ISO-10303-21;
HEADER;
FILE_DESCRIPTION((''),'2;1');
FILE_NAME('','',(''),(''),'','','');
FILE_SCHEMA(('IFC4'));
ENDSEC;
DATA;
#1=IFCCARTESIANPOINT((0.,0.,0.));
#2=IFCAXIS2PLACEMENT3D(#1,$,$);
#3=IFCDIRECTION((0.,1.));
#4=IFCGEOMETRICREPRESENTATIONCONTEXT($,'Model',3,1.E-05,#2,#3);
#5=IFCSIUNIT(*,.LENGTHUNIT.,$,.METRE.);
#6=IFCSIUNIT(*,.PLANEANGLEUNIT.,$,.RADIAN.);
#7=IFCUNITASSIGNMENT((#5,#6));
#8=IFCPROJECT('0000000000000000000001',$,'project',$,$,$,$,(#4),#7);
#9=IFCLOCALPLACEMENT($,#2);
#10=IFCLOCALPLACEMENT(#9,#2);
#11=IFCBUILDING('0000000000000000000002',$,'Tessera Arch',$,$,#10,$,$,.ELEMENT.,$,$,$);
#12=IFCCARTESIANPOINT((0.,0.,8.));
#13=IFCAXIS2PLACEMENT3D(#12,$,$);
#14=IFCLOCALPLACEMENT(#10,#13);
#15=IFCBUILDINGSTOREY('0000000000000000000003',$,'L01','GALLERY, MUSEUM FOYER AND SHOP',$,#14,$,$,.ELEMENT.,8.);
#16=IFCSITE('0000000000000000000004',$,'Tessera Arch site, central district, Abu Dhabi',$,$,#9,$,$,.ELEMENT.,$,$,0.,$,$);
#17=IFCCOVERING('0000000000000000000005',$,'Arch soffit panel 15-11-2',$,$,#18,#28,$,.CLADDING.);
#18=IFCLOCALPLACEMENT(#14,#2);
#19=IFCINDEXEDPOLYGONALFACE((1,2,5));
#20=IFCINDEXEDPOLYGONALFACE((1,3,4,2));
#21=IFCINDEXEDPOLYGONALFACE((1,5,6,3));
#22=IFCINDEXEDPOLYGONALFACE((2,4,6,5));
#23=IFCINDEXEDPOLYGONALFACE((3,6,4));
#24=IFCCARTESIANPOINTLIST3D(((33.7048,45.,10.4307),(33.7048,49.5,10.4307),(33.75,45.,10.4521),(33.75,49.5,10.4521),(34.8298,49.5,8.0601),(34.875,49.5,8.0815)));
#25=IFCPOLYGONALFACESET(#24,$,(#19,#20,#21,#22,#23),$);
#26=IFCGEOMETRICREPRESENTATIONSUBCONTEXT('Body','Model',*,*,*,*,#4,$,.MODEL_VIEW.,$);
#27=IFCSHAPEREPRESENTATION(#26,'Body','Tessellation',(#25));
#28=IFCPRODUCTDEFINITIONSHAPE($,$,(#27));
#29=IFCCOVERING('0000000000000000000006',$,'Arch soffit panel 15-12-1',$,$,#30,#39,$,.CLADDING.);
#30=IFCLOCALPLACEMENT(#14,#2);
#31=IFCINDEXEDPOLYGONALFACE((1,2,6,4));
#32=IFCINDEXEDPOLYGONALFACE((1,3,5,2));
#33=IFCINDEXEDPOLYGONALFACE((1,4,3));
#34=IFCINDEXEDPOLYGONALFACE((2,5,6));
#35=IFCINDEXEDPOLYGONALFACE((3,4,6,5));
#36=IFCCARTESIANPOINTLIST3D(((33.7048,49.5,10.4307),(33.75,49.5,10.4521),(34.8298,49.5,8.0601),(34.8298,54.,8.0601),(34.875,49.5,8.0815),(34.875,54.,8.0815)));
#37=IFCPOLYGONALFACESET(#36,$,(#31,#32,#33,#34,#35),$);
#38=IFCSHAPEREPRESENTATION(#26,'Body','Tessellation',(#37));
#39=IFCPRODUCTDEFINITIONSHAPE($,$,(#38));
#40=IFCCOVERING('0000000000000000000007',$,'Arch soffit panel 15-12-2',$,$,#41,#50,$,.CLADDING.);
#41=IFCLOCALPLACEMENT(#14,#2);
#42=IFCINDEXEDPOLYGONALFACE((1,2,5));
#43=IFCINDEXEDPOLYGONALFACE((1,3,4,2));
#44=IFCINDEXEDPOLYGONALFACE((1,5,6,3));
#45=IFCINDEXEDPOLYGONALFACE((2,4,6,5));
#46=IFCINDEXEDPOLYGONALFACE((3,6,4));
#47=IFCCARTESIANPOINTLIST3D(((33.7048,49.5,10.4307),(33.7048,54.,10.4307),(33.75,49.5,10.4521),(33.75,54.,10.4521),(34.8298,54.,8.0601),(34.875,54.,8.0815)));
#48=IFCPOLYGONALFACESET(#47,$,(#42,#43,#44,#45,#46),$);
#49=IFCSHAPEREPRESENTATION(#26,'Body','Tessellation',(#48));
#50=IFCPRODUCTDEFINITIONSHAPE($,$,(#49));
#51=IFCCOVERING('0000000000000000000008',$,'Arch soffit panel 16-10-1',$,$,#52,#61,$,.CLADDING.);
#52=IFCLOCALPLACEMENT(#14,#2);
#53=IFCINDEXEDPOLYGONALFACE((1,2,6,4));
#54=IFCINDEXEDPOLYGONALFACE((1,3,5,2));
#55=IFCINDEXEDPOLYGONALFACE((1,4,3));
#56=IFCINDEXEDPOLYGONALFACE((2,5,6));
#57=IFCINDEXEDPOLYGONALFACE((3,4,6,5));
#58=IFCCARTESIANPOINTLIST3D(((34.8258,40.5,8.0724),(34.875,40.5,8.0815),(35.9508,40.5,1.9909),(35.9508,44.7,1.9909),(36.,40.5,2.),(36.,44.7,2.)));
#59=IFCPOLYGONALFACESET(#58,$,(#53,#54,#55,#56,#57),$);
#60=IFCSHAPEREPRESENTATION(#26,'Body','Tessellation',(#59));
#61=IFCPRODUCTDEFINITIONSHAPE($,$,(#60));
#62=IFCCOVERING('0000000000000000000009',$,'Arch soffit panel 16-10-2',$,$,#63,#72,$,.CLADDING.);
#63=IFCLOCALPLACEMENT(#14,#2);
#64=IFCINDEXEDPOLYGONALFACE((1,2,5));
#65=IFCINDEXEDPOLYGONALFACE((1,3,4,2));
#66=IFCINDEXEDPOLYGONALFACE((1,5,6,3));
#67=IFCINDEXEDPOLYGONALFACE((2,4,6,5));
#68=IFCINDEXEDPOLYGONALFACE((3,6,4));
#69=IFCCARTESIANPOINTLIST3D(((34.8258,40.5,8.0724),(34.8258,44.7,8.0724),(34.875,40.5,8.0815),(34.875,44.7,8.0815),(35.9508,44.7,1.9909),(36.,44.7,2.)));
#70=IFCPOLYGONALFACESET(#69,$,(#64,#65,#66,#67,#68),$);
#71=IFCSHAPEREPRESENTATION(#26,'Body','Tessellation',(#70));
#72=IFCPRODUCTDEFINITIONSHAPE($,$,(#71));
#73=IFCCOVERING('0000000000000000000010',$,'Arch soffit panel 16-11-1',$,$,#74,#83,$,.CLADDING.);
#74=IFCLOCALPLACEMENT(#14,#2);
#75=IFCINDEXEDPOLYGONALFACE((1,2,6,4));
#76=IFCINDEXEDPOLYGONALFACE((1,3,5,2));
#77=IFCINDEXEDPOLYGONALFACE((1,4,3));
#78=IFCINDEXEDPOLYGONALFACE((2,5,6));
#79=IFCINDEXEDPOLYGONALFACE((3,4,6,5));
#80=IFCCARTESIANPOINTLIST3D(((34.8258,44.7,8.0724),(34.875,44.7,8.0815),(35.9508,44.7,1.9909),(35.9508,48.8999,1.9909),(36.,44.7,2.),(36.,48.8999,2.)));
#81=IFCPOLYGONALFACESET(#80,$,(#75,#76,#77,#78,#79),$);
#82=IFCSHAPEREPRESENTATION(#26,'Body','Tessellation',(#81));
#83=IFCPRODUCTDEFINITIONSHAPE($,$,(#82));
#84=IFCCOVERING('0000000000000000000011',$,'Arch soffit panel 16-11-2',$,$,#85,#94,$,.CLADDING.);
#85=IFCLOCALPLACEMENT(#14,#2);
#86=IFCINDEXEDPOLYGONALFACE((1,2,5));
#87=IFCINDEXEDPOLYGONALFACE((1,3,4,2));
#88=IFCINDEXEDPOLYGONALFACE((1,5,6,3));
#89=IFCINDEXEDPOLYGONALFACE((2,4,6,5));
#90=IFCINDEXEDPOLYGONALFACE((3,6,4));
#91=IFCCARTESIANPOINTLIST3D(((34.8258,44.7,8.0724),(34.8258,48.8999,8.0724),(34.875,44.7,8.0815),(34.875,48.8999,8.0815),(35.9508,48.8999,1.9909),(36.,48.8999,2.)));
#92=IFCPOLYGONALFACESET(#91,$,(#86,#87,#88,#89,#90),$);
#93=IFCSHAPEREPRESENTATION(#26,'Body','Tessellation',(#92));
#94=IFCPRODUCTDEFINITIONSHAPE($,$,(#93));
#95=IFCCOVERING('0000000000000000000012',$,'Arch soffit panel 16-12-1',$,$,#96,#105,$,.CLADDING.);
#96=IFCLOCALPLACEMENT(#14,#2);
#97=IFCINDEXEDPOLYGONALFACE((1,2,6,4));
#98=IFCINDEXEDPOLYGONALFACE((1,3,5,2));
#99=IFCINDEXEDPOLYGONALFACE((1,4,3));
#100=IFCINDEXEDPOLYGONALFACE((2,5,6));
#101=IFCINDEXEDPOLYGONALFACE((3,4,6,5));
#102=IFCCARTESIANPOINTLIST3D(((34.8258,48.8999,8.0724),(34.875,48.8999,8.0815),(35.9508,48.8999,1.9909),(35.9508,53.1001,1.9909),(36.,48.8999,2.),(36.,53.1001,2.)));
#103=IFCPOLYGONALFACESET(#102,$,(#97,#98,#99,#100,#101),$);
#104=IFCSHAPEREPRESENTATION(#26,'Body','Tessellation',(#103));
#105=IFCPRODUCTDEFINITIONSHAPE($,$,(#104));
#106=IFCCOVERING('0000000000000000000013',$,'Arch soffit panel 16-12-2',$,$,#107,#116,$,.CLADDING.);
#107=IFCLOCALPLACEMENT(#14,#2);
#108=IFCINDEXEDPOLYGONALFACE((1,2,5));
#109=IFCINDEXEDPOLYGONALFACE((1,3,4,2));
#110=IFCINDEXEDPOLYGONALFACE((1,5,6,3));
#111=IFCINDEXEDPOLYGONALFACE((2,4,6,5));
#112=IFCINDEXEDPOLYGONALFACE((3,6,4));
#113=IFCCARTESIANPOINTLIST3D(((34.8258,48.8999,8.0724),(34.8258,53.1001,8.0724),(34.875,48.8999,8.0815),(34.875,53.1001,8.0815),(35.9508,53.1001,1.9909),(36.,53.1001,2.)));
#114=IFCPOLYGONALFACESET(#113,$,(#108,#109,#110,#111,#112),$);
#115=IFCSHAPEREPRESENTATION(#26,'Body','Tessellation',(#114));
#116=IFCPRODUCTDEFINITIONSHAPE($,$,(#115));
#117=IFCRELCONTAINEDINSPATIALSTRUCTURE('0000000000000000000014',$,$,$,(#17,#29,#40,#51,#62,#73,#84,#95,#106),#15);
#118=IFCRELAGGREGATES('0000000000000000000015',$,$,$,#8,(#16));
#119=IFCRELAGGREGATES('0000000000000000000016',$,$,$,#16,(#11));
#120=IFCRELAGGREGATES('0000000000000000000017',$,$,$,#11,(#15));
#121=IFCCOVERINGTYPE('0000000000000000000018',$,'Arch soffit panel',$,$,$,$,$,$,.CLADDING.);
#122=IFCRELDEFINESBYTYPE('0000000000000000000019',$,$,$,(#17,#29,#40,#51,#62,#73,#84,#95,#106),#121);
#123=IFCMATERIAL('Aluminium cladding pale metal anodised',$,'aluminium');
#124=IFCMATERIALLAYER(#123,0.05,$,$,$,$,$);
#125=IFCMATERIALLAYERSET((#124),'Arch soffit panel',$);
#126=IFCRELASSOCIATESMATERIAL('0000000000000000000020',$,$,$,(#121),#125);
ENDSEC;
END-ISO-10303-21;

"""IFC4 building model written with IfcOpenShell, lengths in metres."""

from ifc_helpers import new_model, si_unit, direction, frame, origin, place, context, subcontext, project, spatial, polyline, outline, extrude, material, layer, layer_set, type_object, element, save


model = new_model("IFC4")

# Units and contexts
model_context = context("Model", 3, precision=1e-05, world=origin(), true_north=direction((0.0, 1.0)))
body_context = subcontext(model_context, "Body", "Model", "MODEL_VIEW")
ifc_project = project(units=[si_unit("LENGTHUNIT", "METRE"), si_unit("PLANEANGLEUNIT", "RADIAN")], contexts=[model_context])

# Site, building, storey
site_placement = place(None, origin())
site = spatial("IfcSite", under=ifc_project, at=site_placement, Name="Tessera Arch site, central district, Abu Dhabi", CompositionType="ELEMENT", RefElevation=0.0)
building_placement = place(site_placement, origin())
building = spatial("IfcBuilding", under=site, at=building_placement, Name="Tessera Arch", CompositionType="ELEMENT")
storey_placement = place(building_placement, frame((0.0, 0.0, 8.0)))
storey = spatial("IfcBuildingStorey", under=building, at=storey_placement, Name="L01", Description="GALLERY, MUSEUM FOYER AND SHOP", CompositionType="ELEMENT", Elevation=8.0)

# Coverings
ifc_material_1 = material(Name="Aluminium cladding pale metal anodised", Category="aluminium")
ifc_layer_1 = layer(ifc_material_1, 0.05)
ifc_layer_set_1 = layer_set([ifc_layer_1], Name="Arch soffit panel")
covering_type = type_object("IfcCoveringType", Name="Arch soffit panel", PredefinedType="CLADDING", material=ifc_layer_set_1)
covering_1_placement = place(storey_placement, frame((33.75, 45.0, 10.4521), z_axis=(0.903431, 0.0, 0.428734), x_axis=(0.215966, 0.863862, -0.455084)))
element("IfcCovering", 1, at=covering_1_placement, inside=storey, type_object=covering_type, Name="Arch soffit panel 15-11-2", PredefinedType="CLADDING", context=body_context, shape_type="SweptSolid", body=[
    extrude(outline(polyline([(0.0, 0.0), (5.2092, 0.0), (3.8874, 2.2668), (0.0, 0.0)])), origin(), (0.0, 0.0, -1.0), 0.05),
])
covering_2_placement = place(storey_placement, frame((33.75, 49.5, 10.4521), z_axis=(0.903431, 0.0, 0.428734), x_axis=(0.428734, 0.0, -0.903431)))
element("IfcCovering", 2, at=covering_2_placement, inside=storey, type_object=covering_type, Name="Arch soffit panel 15-12-1", PredefinedType="CLADDING", context=body_context, shape_type="SweptSolid", body=[
    extrude(outline(polyline([(0.0, 0.0), (2.624, 0.0), (2.624, 4.5), (0.0, 0.0)])), origin(), (0.0, 0.0, -1.0), 0.05),
])
covering_3_placement = place(storey_placement, frame((33.75, 49.5, 10.4521), z_axis=(0.903431, 0.0, 0.428734), x_axis=(0.215966, 0.863862, -0.455084)))
element("IfcCovering", 3, at=covering_3_placement, inside=storey, type_object=covering_type, Name="Arch soffit panel 15-12-2", PredefinedType="CLADDING", context=body_context, shape_type="SweptSolid", body=[
    extrude(outline(polyline([(0.0, 0.0), (5.2092, 0.0), (3.8874, 2.2668), (0.0, 0.0)])), origin(), (0.0, 0.0, -1.0), 0.05),
])
covering_4_placement = place(storey_placement, frame((34.875, 40.5, 8.0815), z_axis=(0.983317, 0.0, 0.1819), x_axis=(0.1819, 0.0, -0.983317)))
element("IfcCovering", 4, at=covering_4_placement, inside=storey, type_object=covering_type, Name="Arch soffit panel 16-10-1", PredefinedType="CLADDING", context=body_context, shape_type="SweptSolid", body=[
    extrude(outline(polyline([(0.0, 0.0), (6.1847, 0.0), (6.1847, 4.2), (0.0, 0.0)])), origin(), (0.0, 0.0, -1.0), 0.05),
])
covering_5_placement = place(storey_placement, frame((34.875, 40.5, 8.0815), z_axis=(0.983317, 0.0, 0.1819), x_axis=(0.150482, 0.561792, -0.813477)))
element("IfcCovering", 5, at=covering_5_placement, inside=storey, type_object=covering_type, Name="Arch soffit panel 16-10-2", PredefinedType="CLADDING", context=body_context, shape_type="SweptSolid", body=[
    extrude(outline(polyline([(0.0, 0.0), (7.476, 0.0), (2.3595, 3.4745), (0.0, 0.0)])), origin(), (0.0, 0.0, -1.0), 0.05),
])
covering_6_placement = place(storey_placement, frame((34.875, 44.7, 8.0815), z_axis=(0.983317, 0.0, 0.1819), x_axis=(0.1819, 0.0, -0.983317)))
element("IfcCovering", 6, at=covering_6_placement, inside=storey, type_object=covering_type, Name="Arch soffit panel 16-11-1", PredefinedType="CLADDING", context=body_context, shape_type="SweptSolid", body=[
    extrude(outline(polyline([(0.0, 0.0), (6.1847, 0.0), (6.1847, 4.2), (0.0, 0.0)])), origin(), (0.0, 0.0, -1.0), 0.05),
])
covering_7_placement = place(storey_placement, frame((34.875, 44.7, 8.0815), z_axis=(0.983317, 0.0, 0.1819), x_axis=(0.150482, 0.561792, -0.813477)))
element("IfcCovering", 7, at=covering_7_placement, inside=storey, type_object=covering_type, Name="Arch soffit panel 16-11-2", PredefinedType="CLADDING", context=body_context, shape_type="SweptSolid", body=[
    extrude(outline(polyline([(0.0, 0.0), (7.476, 0.0), (2.3595, 3.4745), (0.0, 0.0)])), origin(), (0.0, 0.0, -1.0), 0.05),
])
covering_8_placement = place(storey_placement, frame((34.875, 48.8999, 8.0815), z_axis=(0.983317, 0.0, 0.1819), x_axis=(0.1819, 0.0, -0.983317)))
element("IfcCovering", 8, at=covering_8_placement, inside=storey, type_object=covering_type, Name="Arch soffit panel 16-12-1", PredefinedType="CLADDING", context=body_context, shape_type="SweptSolid", body=[
    extrude(outline(polyline([(0.0, 0.0), (6.1847, 0.0), (6.1847, 4.2002), (0.0, 0.0)])), origin(), (0.0, 0.0, -1.0), 0.05),
])
covering_9_placement = place(storey_placement, frame((34.875, 48.8999, 8.0815), z_axis=(0.983317, 0.0, 0.1819), x_axis=(0.150479, 0.561815, -0.813462)))
element("IfcCovering", 9, at=covering_9_placement, inside=storey, type_object=covering_type, Name="Arch soffit panel 16-12-2", PredefinedType="CLADDING", context=body_context, shape_type="SweptSolid", body=[
    extrude(outline(polyline([(0.0, 0.0), (7.4761, 0.0), (2.3597, 3.4747), (0.0, 0.0)])), origin(), (0.0, 0.0, -1.0), 0.05),
])

save(model, "model.ifc")
